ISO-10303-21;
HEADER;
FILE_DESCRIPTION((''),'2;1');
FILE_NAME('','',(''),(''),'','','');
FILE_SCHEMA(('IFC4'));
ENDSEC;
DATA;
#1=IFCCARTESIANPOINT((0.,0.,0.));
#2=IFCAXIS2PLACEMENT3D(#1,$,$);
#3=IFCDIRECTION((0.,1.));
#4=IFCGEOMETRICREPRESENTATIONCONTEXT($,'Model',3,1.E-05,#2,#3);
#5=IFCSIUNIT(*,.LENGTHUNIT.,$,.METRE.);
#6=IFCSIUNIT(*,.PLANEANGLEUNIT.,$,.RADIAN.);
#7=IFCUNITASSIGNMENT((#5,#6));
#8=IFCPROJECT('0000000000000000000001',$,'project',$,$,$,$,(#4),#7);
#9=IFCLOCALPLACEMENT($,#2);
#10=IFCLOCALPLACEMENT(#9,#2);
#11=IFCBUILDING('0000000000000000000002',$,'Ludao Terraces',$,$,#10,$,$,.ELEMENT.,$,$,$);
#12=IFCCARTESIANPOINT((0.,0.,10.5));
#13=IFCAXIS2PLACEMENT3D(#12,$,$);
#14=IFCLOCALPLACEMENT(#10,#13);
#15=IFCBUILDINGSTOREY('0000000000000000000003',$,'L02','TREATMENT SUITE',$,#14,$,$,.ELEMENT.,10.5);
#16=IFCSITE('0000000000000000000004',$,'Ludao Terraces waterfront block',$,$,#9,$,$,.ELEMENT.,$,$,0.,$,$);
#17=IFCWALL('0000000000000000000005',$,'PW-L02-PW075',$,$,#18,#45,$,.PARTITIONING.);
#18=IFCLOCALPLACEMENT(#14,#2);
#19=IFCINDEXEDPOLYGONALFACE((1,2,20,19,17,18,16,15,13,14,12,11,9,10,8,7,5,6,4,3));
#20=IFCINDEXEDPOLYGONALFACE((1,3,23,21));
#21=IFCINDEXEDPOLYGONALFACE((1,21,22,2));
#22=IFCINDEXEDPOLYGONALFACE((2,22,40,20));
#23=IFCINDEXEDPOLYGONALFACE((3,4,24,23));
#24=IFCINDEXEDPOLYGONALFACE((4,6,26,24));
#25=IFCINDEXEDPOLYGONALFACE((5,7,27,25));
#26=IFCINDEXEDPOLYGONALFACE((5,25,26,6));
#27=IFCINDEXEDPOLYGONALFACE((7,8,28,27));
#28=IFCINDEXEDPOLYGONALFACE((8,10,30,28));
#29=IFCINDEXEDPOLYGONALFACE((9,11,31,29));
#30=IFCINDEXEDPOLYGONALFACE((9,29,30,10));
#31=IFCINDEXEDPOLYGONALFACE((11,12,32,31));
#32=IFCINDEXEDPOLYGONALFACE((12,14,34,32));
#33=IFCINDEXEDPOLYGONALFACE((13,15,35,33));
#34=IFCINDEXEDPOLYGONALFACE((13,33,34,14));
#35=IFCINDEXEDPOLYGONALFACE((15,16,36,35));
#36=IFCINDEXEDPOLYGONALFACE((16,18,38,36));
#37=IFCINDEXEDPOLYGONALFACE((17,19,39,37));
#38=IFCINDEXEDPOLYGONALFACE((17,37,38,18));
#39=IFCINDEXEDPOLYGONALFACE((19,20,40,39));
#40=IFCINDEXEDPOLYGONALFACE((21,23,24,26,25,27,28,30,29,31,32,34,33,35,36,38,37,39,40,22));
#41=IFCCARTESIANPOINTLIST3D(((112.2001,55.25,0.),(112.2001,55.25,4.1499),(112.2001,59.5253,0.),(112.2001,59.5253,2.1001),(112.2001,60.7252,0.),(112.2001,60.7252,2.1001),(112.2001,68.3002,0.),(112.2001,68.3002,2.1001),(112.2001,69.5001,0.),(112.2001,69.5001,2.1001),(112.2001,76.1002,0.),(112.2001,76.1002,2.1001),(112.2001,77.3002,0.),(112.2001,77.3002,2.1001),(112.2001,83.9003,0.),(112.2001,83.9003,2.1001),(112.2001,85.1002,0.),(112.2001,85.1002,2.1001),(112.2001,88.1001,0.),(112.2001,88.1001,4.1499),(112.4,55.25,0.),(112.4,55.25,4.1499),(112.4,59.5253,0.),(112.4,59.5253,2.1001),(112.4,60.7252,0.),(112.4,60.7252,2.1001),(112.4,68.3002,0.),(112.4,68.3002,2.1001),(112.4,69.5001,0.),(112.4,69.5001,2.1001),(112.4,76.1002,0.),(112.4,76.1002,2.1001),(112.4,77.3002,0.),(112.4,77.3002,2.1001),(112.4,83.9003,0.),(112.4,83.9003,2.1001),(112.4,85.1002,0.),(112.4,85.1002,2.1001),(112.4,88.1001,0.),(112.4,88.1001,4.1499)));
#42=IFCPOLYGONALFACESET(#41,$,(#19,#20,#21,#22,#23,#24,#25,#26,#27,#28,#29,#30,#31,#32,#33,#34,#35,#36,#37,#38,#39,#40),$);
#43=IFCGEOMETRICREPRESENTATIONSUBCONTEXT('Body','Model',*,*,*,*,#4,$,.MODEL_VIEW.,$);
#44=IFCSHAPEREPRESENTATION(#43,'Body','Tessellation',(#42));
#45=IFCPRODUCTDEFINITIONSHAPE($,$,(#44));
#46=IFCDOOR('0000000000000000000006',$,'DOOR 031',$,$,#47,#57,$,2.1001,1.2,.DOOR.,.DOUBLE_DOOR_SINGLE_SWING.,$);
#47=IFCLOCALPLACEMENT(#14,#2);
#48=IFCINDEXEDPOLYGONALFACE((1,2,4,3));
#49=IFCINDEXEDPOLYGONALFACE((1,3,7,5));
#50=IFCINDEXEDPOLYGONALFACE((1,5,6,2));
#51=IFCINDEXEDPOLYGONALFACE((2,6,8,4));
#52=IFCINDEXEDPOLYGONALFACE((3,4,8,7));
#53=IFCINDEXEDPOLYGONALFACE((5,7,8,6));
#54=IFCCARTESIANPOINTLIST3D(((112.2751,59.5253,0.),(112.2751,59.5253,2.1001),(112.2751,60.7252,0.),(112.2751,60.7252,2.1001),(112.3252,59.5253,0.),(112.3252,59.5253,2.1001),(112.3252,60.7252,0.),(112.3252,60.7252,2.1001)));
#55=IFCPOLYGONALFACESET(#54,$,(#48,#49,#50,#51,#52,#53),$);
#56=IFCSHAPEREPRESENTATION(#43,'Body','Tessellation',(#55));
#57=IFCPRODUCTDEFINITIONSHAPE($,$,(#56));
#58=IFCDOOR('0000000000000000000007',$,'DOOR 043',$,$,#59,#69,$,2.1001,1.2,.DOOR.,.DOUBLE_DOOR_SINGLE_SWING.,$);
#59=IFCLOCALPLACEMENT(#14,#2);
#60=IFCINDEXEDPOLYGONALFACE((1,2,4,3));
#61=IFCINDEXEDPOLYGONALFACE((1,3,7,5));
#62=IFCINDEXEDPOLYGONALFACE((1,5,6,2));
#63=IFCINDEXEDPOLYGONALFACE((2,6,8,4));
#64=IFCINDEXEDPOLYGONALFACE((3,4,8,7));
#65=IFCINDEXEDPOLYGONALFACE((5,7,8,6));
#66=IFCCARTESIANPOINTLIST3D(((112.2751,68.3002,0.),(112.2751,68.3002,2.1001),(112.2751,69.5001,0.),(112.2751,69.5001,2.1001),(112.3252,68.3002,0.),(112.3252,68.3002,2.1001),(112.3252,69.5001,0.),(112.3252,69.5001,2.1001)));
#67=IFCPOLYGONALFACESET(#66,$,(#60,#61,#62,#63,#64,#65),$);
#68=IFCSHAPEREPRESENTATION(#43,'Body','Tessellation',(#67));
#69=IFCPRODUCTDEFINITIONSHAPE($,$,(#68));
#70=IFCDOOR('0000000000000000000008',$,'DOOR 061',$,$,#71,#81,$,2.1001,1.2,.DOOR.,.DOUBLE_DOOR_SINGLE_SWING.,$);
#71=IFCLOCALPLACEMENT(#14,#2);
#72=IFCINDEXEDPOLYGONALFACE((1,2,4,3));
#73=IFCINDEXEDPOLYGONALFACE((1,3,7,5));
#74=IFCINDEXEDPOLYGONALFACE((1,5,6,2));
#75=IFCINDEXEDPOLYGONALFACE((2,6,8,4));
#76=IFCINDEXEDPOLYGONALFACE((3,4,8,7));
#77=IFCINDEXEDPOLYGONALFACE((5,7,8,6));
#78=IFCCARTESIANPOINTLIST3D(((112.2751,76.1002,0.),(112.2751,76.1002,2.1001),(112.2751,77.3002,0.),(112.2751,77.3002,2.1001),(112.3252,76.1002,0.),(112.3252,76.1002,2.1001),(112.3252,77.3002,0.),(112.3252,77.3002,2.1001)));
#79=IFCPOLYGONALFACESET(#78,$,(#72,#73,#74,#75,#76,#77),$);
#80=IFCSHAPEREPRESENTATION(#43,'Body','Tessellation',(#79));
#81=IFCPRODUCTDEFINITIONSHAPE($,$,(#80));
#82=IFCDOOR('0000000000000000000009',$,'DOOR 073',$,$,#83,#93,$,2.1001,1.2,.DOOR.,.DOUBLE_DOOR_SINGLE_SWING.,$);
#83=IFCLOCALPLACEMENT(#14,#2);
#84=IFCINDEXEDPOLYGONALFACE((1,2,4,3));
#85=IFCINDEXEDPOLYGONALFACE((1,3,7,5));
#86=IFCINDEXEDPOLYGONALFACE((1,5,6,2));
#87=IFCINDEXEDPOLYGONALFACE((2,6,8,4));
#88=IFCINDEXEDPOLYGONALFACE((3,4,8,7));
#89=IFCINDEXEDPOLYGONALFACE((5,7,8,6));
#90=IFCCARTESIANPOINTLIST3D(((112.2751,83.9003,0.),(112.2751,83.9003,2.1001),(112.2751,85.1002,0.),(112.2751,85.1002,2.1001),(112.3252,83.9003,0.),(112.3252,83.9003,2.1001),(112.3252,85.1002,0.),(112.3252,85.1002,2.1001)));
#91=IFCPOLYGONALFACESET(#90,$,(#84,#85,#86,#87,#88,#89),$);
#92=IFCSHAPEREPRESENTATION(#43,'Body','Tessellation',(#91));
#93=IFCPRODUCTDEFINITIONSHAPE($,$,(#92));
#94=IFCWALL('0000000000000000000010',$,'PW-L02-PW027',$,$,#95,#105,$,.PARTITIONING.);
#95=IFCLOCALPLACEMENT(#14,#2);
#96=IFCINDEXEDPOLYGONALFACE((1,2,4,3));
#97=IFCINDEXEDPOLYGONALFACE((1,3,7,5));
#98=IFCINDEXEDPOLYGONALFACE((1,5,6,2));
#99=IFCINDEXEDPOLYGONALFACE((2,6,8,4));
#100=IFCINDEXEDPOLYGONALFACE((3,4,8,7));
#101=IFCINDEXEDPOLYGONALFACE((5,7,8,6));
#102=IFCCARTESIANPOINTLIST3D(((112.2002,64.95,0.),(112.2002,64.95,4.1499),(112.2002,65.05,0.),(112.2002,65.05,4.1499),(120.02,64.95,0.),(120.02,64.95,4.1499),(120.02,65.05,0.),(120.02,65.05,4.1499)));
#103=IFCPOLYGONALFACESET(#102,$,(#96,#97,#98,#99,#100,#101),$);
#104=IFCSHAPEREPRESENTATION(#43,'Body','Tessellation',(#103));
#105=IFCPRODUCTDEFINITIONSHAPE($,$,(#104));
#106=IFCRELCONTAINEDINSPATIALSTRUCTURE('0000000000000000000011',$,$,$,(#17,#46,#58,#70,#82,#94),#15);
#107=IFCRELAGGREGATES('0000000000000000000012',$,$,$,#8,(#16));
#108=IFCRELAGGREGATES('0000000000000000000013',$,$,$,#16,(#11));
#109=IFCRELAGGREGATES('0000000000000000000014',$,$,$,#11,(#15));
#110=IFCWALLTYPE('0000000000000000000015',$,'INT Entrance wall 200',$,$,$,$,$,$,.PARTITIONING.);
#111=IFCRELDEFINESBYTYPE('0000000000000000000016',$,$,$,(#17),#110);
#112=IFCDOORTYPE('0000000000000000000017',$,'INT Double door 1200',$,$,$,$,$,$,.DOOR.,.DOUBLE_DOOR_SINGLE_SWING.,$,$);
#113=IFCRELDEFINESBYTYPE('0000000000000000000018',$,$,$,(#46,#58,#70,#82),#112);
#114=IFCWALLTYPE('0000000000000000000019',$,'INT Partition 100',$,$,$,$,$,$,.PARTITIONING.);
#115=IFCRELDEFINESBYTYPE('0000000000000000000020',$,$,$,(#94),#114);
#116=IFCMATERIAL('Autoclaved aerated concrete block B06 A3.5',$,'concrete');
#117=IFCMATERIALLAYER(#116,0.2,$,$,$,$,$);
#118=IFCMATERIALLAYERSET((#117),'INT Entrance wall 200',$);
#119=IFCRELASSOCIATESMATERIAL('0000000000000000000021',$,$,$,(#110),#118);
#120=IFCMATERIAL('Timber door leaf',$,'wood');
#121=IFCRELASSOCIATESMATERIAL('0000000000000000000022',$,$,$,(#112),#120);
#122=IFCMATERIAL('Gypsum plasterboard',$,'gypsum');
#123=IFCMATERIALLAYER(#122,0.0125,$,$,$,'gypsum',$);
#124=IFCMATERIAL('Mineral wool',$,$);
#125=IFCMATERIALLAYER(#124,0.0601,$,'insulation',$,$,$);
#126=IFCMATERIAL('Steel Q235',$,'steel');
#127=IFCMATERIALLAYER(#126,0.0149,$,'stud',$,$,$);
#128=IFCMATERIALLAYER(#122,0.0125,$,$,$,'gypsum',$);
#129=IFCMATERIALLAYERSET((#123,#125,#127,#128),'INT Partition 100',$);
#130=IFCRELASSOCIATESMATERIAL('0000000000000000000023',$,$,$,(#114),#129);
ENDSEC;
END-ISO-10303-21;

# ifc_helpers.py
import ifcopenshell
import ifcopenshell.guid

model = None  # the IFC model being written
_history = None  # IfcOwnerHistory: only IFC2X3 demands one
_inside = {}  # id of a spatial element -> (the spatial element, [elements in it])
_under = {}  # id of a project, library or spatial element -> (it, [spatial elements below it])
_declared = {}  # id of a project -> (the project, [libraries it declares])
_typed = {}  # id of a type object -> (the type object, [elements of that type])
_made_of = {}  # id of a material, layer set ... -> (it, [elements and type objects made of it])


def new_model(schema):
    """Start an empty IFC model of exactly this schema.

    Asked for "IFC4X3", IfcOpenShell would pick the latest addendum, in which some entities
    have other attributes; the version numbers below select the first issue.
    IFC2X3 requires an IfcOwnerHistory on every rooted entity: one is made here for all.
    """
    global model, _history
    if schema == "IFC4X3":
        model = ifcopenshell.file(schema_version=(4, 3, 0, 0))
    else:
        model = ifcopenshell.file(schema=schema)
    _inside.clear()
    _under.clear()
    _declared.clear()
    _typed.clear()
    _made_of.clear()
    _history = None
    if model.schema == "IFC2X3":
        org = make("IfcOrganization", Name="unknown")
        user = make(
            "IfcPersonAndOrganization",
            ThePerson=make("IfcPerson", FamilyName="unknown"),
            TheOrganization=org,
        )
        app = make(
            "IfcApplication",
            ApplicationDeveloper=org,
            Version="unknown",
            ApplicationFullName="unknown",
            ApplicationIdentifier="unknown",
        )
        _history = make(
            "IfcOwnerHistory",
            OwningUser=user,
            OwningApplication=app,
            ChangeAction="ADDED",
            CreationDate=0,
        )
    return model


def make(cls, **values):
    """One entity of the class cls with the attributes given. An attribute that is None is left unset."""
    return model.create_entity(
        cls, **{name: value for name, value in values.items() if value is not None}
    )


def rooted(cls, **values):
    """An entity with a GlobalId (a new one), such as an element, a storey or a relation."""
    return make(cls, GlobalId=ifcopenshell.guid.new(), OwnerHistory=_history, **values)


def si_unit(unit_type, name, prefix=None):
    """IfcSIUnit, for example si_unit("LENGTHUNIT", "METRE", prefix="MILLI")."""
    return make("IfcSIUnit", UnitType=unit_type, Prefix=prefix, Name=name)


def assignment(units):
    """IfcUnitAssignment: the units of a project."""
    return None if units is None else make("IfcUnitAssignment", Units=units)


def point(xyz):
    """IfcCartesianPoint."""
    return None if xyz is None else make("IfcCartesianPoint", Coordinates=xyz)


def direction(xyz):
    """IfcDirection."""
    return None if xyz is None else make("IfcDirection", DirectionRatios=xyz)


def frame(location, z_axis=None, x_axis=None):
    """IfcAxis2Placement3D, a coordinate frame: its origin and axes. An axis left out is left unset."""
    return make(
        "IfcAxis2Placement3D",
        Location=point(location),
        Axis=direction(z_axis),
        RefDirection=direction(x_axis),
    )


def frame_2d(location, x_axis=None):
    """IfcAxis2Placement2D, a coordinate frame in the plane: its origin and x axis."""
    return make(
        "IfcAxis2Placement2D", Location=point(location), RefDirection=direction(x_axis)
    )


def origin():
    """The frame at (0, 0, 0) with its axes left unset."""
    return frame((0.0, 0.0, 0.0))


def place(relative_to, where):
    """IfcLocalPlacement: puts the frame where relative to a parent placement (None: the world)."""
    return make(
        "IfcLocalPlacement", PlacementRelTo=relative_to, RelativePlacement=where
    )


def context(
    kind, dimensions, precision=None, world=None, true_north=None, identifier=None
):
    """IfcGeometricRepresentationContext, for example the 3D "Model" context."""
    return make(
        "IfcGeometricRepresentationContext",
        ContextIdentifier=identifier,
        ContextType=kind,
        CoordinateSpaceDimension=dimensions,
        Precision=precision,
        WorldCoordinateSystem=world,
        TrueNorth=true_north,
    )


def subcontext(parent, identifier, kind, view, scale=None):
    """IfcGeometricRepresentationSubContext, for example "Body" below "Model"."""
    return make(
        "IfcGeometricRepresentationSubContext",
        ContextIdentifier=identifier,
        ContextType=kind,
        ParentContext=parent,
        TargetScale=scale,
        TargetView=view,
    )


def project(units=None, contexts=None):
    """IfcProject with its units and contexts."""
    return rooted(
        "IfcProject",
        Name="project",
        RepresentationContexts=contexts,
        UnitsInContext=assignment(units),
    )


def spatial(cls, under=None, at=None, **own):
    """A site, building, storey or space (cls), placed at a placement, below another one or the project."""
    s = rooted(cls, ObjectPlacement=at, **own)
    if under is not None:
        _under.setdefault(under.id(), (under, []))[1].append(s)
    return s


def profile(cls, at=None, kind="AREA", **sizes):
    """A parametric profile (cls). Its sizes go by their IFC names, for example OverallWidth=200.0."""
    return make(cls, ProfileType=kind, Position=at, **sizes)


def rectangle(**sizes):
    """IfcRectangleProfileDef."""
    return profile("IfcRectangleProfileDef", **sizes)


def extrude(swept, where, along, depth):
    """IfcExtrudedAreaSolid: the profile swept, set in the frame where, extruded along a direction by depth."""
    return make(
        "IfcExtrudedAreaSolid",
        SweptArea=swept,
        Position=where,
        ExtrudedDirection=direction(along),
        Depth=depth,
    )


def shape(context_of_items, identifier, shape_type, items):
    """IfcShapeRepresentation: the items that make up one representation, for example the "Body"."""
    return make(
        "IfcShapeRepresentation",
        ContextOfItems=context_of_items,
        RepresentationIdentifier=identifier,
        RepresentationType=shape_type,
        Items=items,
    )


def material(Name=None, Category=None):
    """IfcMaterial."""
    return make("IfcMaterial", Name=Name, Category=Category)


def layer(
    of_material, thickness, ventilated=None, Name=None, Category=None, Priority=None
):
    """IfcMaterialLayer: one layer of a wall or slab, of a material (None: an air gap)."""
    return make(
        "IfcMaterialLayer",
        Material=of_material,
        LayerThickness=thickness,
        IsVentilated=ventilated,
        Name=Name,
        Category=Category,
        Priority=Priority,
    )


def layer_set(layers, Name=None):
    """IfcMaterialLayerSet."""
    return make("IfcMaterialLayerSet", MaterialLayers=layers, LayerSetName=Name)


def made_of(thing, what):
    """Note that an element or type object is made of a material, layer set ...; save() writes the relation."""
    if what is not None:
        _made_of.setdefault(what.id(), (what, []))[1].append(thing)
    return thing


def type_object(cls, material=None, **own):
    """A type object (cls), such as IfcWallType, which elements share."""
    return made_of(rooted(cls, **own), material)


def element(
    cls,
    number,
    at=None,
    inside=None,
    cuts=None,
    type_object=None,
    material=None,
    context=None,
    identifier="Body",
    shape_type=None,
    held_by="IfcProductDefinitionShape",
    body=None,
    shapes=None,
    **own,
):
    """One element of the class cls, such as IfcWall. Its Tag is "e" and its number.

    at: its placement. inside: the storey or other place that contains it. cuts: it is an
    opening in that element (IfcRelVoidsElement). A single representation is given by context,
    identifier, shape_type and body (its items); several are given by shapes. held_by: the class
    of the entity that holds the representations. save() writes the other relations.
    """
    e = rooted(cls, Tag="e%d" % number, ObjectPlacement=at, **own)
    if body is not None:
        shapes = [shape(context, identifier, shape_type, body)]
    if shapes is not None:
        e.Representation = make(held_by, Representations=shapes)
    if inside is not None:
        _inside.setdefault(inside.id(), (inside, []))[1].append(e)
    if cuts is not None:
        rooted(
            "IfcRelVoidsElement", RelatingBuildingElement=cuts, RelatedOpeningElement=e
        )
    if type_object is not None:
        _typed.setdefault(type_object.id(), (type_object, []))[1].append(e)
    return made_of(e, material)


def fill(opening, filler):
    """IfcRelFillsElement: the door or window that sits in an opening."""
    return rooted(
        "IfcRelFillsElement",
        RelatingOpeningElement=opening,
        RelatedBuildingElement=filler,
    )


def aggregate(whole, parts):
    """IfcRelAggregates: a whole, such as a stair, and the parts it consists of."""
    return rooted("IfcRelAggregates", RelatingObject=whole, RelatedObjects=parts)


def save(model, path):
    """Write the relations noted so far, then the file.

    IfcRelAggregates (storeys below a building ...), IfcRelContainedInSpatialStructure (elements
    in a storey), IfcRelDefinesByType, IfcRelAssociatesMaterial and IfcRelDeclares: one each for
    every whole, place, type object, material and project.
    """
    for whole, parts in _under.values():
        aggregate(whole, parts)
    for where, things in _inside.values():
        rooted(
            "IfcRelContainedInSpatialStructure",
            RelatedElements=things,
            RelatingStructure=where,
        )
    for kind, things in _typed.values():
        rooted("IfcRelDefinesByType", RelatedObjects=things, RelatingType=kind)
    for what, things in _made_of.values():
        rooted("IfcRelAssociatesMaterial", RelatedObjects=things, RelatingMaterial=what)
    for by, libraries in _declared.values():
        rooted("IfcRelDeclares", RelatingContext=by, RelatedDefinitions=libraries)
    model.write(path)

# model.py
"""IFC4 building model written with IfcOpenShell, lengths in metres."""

from ifc_helpers import new_model, si_unit, direction, frame, frame_2d, origin, place, context, subcontext, project, spatial, rectangle, extrude, material, layer, layer_set, type_object, element, fill, save


model = new_model("IFC4")

# Units and contexts
model_context = context("Model", 3, precision=1e-05, world=origin(), true_north=direction((0.0, 1.0)))
body_context = subcontext(model_context, "Body", "Model", "MODEL_VIEW")
ifc_project = project(units=[si_unit("LENGTHUNIT", "METRE"), si_unit("PLANEANGLEUNIT", "RADIAN")], contexts=[model_context])

# Site, building, storey
site_placement = place(None, origin())
site = spatial("IfcSite", under=ifc_project, at=site_placement, Name="Ludao Terraces waterfront block", CompositionType="ELEMENT", RefElevation=0.0)
building_placement = place(site_placement, origin())
building = spatial("IfcBuilding", under=site, at=building_placement, Name="Ludao Terraces", CompositionType="ELEMENT")
storey_placement = place(building_placement, frame((0.0, 0.0, 10.5)))
storey = spatial("IfcBuildingStorey", under=building, at=storey_placement, Name="L02", Description="TREATMENT SUITE", CompositionType="ELEMENT", Elevation=10.5)

# Shared definitions
ifc_material_1 = material(Name="Autoclaved aerated concrete block B06 A3.5", Category="concrete")
ifc_layer_1 = layer(ifc_material_1, 0.2)
ifc_layer_set_1 = layer_set([ifc_layer_1], Name="INT Entrance wall 200")
wall_type_1 = type_object("IfcWallType", Name="INT Entrance wall 200", PredefinedType="PARTITIONING", material=ifc_layer_set_1)

# Wall, openings, doors
ifc_material_2 = material(Name="Timber door leaf", Category="wood")
door_type = type_object("IfcDoorType", Name="INT Double door 1200", OperationType="DOUBLE_DOOR_SINGLE_SWING", PredefinedType="DOOR", material=ifc_material_2)
wall_1_placement = place(storey_placement, frame((112.3, 55.25, 0.0), z_axis=(0.0, 0.0, 1.0), x_axis=(0.0, 1.0, 0.0)))
wall_1 = element("IfcWall", 1, at=wall_1_placement, inside=storey, type_object=wall_type_1, Name="PW-L02-PW075", PredefinedType="PARTITIONING", context=body_context, shape_type="SweptSolid", body=[
    extrude(rectangle(XDim=32.8501, YDim=0.2, at=frame_2d((16.425, 0.0))), origin(), (0.0, 0.0, 1.0), 4.1499),
])
opening_1_placement = place(wall_1_placement, frame((4.2751, 0.0, 0.0)))
opening_1 = element("IfcOpeningElement", 2, at=opening_1_placement, cuts=wall_1, PredefinedType="OPENING", context=body_context, shape_type="SweptSolid", body=[
    extrude(rectangle(XDim=1.2, YDim=2.1001, at=frame_2d((0.6001, 1.05))), frame((0.0, 0.1099, 0.0), z_axis=(0.0, -1.0, 0.0), x_axis=(1.0, 0.0, 0.0)), (0.0, 0.0, 1.0), 0.22),
])
opening_2_placement = place(wall_1_placement, frame((13.05, 0.0, 0.0)))
opening_2 = element("IfcOpeningElement", 3, at=opening_2_placement, cuts=wall_1, PredefinedType="OPENING", context=body_context, shape_type="SweptSolid", body=[
    extrude(rectangle(XDim=1.2, YDim=2.1001, at=frame_2d((0.6001, 1.05))), frame((0.0, 0.1099, 0.0), z_axis=(0.0, -1.0, 0.0), x_axis=(1.0, 0.0, 0.0)), (0.0, 0.0, 1.0), 0.22),
])
opening_3_placement = place(wall_1_placement, frame((20.8501, 0.0, 0.0)))
opening_3 = element("IfcOpeningElement", 4, at=opening_3_placement, cuts=wall_1, PredefinedType="OPENING", context=body_context, shape_type="SweptSolid", body=[
    extrude(rectangle(XDim=1.2, YDim=2.1001, at=frame_2d((0.6001, 1.05))), frame((0.0, 0.1099, 0.0), z_axis=(0.0, -1.0, 0.0), x_axis=(1.0, 0.0, 0.0)), (0.0, 0.0, 1.0), 0.22),
])
opening_4_placement = place(wall_1_placement, frame((28.6501, 0.0, 0.0)))
opening_4 = element("IfcOpeningElement", 5, at=opening_4_placement, cuts=wall_1, PredefinedType="OPENING", context=body_context, shape_type="SweptSolid", body=[
    extrude(rectangle(XDim=1.2, YDim=2.1001, at=frame_2d((0.6001, 1.05))), frame((0.0, 0.1099, 0.0), z_axis=(0.0, -1.0, 0.0), x_axis=(1.0, 0.0, 0.0)), (0.0, 0.0, 1.0), 0.22),
])
door_1_placement = place(opening_1_placement, origin())
door_1 = element("IfcDoor", 6, at=door_1_placement, inside=storey, type_object=door_type, Name="DOOR 031", OperationType="DOUBLE_DOOR_SINGLE_SWING", OverallHeight=2.1001, OverallWidth=1.2, PredefinedType="DOOR", context=body_context, shape_type="SweptSolid", body=[
    extrude(rectangle(XDim=1.2, YDim=2.1001, at=frame_2d((0.6001, 1.05))), frame((0.0, 0.0249, 0.0), z_axis=(0.0, -1.0, 0.0), x_axis=(1.0, 0.0, 0.0)), (0.0, 0.0, 1.0), 0.05),
])
fill(opening_1, door_1)
door_2_placement = place(opening_2_placement, origin())
door_2 = element("IfcDoor", 7, at=door_2_placement, inside=storey, type_object=door_type, Name="DOOR 043", OperationType="DOUBLE_DOOR_SINGLE_SWING", OverallHeight=2.1001, OverallWidth=1.2, PredefinedType="DOOR", context=body_context, shape_type="SweptSolid", body=[
    extrude(rectangle(XDim=1.2, YDim=2.1001, at=frame_2d((0.6001, 1.05))), frame((0.0, 0.0249, 0.0), z_axis=(0.0, -1.0, 0.0), x_axis=(1.0, 0.0, 0.0)), (0.0, 0.0, 1.0), 0.05),
])
fill(opening_2, door_2)
door_3_placement = place(opening_3_placement, origin())
door_3 = element("IfcDoor", 8, at=door_3_placement, inside=storey, type_object=door_type, Name="DOOR 061", OperationType="DOUBLE_DOOR_SINGLE_SWING", OverallHeight=2.1001, OverallWidth=1.2, PredefinedType="DOOR", context=body_context, shape_type="SweptSolid", body=[
    extrude(rectangle(XDim=1.2, YDim=2.1001, at=frame_2d((0.6001, 1.05))), frame((0.0, 0.0249, 0.0), z_axis=(0.0, -1.0, 0.0), x_axis=(1.0, 0.0, 0.0)), (0.0, 0.0, 1.0), 0.05),
])
fill(opening_3, door_3)
door_4_placement = place(opening_4_placement, origin())
door_4 = element("IfcDoor", 9, at=door_4_placement, inside=storey, type_object=door_type, Name="DOOR 073", OperationType="DOUBLE_DOOR_SINGLE_SWING", OverallHeight=2.1001, OverallWidth=1.2, PredefinedType="DOOR", context=body_context, shape_type="SweptSolid", body=[
    extrude(rectangle(XDim=1.2, YDim=2.1001, at=frame_2d((0.6001, 1.05))), frame((0.0, 0.0249, 0.0), z_axis=(0.0, -1.0, 0.0), x_axis=(1.0, 0.0, 0.0)), (0.0, 0.0, 1.0), 0.05),
])
fill(opening_4, door_4)

# Wall
ifc_material_3 = material(Name="Gypsum plasterboard", Category="gypsum")
ifc_layer_2 = layer(ifc_material_3, 0.0125, Category="gypsum")
ifc_material_4 = material(Name="Mineral wool")
ifc_layer_3 = layer(ifc_material_4, 0.0601, Name="insulation")
ifc_material_5 = material(Name="Steel Q235", Category="steel")
ifc_layer_4 = layer(ifc_material_5, 0.0149, Name="stud")
ifc_layer_5 = layer(ifc_material_3, 0.0125, Category="gypsum")
ifc_layer_set_2 = layer_set([ifc_layer_2, ifc_layer_3, ifc_layer_4, ifc_layer_5], Name="INT Partition 100")
wall_type_2 = type_object("IfcWallType", Name="INT Partition 100", PredefinedType="PARTITIONING", material=ifc_layer_set_2)
wall_2_placement = place(storey_placement, frame((112.2002, 65.0, 0.0), z_axis=(0.0, 0.0, 1.0), x_axis=(1.0, 0.0, 0.0)))
element("IfcWall", 10, at=wall_2_placement, inside=storey, type_object=wall_type_2, Name="PW-L02-PW027", PredefinedType="PARTITIONING", context=body_context, shape_type="SweptSolid", body=[
    extrude(rectangle(XDim=7.8198, YDim=0.1001, at=frame_2d((3.9099, 0.0))), origin(), (0.0, 0.0, 1.0), 4.1499),
])

save(model, "model.ifc")
